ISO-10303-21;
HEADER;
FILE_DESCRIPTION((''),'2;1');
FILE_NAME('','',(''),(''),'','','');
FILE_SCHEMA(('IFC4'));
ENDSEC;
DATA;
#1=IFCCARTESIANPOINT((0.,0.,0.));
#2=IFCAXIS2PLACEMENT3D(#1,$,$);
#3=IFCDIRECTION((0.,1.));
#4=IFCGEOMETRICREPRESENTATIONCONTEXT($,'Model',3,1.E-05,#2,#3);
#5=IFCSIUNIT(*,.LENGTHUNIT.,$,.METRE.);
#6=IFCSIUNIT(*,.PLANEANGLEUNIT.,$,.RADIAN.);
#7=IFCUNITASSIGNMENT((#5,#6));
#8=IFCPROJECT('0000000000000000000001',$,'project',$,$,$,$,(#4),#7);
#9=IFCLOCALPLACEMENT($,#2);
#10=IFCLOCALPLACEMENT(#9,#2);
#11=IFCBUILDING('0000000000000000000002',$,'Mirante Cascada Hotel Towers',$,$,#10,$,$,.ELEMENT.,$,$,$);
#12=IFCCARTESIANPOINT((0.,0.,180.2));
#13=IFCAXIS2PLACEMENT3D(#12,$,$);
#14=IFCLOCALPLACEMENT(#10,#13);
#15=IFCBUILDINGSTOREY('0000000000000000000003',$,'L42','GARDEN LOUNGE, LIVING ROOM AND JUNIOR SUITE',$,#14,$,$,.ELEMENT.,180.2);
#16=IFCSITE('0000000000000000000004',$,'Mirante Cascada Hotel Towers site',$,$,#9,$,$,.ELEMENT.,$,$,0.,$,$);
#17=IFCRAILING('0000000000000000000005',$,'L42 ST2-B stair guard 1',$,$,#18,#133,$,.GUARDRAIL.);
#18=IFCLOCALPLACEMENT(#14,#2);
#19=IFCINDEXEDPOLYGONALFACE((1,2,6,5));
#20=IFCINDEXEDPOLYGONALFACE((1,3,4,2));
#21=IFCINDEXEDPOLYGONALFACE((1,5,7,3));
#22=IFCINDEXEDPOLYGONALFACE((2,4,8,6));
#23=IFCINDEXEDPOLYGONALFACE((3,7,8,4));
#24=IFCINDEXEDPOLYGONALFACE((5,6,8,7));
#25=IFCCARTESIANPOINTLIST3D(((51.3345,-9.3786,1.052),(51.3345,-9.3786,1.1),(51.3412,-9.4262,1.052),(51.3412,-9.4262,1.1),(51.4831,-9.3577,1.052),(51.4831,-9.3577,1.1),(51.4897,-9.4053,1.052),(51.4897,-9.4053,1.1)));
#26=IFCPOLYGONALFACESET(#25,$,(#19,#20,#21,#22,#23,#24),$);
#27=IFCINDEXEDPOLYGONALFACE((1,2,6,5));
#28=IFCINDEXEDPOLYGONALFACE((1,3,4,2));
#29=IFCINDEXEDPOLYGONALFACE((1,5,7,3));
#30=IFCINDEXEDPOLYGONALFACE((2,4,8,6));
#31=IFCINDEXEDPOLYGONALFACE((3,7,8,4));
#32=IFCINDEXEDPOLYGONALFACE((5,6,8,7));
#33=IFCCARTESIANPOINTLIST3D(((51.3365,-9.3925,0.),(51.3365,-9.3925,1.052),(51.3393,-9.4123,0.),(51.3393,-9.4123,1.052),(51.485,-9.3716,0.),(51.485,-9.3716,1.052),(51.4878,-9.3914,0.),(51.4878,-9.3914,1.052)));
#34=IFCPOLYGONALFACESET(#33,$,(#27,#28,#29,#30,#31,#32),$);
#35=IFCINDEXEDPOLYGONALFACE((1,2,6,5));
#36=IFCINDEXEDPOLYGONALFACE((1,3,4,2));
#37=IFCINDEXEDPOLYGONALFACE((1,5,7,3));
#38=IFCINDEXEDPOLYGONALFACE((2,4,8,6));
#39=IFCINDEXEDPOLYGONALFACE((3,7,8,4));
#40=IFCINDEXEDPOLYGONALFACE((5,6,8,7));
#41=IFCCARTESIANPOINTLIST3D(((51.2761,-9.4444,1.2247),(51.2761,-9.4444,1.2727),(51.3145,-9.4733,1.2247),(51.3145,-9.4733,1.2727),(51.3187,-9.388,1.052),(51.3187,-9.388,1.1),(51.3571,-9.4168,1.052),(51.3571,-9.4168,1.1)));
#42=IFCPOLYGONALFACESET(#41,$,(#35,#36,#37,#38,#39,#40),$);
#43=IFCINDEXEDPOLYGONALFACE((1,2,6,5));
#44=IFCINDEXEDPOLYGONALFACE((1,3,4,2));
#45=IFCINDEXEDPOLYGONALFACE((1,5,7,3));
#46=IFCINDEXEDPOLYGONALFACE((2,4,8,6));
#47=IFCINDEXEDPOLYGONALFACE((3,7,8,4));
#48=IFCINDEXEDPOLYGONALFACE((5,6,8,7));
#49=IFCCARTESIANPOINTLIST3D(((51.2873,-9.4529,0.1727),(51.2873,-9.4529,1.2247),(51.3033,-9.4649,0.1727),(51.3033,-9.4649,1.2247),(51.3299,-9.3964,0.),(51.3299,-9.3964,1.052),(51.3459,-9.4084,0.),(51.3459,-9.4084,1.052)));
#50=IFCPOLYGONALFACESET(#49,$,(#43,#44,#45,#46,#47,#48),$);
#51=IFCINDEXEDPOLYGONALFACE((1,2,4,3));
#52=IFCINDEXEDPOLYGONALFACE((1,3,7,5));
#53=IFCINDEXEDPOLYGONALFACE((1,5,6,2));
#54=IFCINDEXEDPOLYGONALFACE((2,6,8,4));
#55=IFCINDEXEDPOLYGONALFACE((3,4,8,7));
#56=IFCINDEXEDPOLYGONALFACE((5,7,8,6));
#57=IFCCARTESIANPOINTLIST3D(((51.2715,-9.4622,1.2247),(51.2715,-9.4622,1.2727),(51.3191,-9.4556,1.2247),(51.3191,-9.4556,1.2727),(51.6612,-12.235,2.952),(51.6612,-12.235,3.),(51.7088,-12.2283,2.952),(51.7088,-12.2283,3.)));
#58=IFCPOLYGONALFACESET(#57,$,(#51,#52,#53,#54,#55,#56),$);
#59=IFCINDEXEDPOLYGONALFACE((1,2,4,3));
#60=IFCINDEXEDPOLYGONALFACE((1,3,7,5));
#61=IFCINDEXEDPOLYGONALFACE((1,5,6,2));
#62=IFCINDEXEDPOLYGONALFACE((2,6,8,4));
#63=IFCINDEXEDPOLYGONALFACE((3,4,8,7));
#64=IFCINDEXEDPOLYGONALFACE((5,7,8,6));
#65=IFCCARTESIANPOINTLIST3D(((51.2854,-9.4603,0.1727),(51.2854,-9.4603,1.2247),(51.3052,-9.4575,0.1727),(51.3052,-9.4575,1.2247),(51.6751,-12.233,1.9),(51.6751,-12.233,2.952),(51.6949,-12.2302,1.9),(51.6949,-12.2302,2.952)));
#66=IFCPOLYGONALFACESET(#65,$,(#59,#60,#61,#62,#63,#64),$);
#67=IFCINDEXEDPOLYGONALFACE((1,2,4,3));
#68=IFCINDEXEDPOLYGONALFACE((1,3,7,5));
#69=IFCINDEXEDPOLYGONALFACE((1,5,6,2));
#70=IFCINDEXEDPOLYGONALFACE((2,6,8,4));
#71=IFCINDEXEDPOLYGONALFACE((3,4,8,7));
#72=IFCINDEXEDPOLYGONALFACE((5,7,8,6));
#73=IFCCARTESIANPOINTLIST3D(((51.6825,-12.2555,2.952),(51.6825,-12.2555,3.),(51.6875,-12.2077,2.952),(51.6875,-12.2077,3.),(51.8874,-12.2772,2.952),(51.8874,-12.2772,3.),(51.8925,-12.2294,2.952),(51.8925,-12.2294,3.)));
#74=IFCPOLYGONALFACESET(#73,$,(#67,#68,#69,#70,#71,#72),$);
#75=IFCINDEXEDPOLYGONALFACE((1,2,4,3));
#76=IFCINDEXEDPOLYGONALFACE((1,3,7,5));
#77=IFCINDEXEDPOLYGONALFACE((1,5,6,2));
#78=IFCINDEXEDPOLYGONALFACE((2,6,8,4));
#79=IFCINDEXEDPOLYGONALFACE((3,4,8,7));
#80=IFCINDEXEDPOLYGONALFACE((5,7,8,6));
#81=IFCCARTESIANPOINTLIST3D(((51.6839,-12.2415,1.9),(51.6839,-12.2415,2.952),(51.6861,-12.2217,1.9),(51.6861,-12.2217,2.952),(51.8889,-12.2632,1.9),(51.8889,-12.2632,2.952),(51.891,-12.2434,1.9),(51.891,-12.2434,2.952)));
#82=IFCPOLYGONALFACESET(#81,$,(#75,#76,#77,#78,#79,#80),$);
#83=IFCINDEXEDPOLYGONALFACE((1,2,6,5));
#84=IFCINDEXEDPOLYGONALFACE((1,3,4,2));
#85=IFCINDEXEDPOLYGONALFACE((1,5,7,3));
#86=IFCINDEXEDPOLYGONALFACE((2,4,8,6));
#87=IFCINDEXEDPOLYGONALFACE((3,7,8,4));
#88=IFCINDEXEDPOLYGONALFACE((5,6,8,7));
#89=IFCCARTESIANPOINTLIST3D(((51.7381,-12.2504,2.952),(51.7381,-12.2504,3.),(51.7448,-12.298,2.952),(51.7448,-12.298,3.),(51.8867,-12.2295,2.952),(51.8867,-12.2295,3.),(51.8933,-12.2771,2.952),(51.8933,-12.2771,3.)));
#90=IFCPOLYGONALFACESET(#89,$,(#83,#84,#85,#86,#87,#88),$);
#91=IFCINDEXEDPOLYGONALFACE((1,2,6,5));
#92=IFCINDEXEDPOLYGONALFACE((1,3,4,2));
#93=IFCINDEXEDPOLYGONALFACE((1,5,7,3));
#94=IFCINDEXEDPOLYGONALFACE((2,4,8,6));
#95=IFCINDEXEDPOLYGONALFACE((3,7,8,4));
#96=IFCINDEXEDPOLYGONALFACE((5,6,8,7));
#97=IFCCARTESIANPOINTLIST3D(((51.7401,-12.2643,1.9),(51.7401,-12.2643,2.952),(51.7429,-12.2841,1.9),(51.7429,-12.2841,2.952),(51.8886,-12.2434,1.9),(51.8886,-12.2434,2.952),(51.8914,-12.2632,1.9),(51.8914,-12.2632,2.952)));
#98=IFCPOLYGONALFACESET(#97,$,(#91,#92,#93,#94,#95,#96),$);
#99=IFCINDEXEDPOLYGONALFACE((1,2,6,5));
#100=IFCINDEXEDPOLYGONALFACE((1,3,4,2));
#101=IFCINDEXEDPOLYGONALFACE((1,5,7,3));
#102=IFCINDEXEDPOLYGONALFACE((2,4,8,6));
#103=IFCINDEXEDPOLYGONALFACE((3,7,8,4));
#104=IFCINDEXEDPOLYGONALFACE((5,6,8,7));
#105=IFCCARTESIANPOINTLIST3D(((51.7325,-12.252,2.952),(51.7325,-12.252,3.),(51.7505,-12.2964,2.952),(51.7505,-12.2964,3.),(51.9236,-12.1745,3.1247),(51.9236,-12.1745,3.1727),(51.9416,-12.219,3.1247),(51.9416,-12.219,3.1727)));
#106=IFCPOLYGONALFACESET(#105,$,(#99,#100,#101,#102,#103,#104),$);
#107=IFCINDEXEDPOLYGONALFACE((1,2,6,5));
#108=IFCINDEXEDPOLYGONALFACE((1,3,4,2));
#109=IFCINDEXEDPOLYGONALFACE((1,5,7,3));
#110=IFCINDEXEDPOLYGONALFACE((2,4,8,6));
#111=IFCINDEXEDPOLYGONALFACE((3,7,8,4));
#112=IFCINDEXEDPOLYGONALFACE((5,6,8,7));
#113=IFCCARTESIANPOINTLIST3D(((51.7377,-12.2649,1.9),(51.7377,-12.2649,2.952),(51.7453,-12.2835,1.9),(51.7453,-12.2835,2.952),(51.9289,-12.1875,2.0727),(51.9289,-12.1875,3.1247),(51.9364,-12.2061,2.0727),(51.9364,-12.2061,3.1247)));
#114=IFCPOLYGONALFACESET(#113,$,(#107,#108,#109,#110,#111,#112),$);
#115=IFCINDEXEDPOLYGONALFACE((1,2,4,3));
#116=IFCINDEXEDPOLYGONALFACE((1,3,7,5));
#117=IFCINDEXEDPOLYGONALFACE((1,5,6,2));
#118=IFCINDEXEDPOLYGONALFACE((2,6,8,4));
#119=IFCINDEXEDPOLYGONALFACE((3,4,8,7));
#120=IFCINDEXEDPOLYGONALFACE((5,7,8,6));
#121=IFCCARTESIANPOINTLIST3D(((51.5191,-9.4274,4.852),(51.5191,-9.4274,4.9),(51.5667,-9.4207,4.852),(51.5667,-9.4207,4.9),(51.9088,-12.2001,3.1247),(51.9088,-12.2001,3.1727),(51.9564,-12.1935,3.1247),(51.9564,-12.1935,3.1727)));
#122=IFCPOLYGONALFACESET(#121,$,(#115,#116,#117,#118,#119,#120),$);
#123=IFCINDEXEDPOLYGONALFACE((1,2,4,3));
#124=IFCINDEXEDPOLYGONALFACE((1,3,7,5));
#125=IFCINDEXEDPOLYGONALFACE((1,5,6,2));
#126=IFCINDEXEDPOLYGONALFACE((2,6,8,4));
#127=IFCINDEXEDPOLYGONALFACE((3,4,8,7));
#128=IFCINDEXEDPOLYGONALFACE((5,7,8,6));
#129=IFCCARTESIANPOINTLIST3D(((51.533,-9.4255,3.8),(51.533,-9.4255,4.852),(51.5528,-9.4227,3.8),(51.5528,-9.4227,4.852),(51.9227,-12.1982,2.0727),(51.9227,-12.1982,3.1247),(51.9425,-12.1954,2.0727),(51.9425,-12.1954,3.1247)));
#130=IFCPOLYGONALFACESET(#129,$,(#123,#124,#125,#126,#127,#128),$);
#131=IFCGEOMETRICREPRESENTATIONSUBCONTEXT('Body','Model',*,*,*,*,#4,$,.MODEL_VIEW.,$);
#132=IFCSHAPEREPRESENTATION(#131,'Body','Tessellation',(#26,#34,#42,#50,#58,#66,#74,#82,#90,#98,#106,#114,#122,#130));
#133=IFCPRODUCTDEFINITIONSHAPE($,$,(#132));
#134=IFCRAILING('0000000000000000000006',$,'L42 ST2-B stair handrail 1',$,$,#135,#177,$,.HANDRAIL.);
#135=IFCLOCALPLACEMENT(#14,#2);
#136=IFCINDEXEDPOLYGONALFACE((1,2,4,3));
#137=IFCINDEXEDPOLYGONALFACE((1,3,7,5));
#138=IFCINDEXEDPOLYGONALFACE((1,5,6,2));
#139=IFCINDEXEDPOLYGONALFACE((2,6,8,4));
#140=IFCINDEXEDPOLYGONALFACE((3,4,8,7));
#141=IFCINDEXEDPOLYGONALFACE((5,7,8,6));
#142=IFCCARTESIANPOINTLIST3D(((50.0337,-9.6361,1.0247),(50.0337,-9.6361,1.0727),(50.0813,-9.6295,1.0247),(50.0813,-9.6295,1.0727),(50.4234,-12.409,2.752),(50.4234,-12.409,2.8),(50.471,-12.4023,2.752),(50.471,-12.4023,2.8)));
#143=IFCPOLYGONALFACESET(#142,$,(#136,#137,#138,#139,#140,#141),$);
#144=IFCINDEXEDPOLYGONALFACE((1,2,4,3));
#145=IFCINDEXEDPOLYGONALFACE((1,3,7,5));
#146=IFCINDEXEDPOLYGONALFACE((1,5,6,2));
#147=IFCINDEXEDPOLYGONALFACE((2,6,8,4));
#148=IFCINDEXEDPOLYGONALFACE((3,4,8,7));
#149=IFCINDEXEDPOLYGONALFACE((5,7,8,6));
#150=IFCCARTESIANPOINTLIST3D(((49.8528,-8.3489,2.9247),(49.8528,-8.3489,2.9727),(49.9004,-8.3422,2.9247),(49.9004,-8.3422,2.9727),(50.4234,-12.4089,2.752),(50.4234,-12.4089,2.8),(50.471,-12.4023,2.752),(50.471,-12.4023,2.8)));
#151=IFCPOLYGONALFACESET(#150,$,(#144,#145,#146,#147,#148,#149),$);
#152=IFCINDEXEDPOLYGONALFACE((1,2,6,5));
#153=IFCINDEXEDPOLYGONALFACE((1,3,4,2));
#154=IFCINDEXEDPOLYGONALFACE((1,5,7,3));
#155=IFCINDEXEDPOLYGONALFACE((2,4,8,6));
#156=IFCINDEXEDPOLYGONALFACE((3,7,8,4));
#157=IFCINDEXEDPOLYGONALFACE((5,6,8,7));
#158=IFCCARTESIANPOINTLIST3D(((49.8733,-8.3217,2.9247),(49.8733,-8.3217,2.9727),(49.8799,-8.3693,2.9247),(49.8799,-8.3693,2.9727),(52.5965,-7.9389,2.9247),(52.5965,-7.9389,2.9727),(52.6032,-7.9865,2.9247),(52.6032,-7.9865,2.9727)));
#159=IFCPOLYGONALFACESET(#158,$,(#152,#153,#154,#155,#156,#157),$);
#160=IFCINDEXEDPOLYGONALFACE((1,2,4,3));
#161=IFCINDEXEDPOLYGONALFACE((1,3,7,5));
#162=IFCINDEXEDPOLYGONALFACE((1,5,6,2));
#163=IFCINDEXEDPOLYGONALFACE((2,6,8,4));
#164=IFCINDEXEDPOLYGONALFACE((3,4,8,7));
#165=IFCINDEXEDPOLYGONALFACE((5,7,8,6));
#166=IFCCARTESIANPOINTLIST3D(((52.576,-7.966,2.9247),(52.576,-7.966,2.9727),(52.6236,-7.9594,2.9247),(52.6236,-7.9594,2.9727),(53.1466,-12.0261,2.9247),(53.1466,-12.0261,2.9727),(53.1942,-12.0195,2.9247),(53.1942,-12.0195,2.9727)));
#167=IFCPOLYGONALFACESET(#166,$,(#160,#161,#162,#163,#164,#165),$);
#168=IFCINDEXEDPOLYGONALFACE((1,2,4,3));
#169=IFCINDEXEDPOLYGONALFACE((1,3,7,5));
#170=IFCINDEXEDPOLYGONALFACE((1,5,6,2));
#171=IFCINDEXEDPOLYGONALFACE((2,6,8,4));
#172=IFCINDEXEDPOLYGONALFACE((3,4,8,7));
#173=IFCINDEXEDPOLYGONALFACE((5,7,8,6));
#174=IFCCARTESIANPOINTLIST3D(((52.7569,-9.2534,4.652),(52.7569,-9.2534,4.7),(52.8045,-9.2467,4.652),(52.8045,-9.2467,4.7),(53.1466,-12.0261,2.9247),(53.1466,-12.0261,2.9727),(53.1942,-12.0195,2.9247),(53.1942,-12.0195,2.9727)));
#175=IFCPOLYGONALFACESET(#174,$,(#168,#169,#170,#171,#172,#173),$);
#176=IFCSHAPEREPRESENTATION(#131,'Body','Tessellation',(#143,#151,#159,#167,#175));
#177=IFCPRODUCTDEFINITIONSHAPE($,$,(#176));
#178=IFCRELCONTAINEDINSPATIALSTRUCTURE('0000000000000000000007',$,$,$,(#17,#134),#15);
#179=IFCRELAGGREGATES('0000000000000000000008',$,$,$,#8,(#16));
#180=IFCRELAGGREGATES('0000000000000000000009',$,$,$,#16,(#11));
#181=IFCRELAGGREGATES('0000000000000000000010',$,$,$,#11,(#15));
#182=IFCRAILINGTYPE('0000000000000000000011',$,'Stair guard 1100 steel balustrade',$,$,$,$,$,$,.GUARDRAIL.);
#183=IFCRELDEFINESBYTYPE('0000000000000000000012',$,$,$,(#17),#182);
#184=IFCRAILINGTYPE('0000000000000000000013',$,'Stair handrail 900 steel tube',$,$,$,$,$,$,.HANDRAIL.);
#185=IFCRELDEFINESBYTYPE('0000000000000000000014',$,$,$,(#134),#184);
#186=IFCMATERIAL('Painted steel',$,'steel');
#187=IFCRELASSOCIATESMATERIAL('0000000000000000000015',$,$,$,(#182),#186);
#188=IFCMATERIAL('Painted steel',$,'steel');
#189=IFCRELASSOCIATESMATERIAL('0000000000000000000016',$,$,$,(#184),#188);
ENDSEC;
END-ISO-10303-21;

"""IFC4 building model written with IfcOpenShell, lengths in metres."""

from ifc_helpers import new_model, si_unit, direction, frame, origin, origin_2d, place, context, subcontext, project, spatial, rectangle, extrude, material, type_object, element, save


model = new_model("IFC4")

# Units and contexts
model_context = context("Model", 3, precision=1e-05, world=origin(), true_north=direction((0.0, 1.0)))
body_context = subcontext(model_context, "Body", "Model", "MODEL_VIEW")
ifc_project = project(units=[si_unit("LENGTHUNIT", "METRE"), si_unit("PLANEANGLEUNIT", "RADIAN")], contexts=[model_context])

# Site, building, storey
site_placement = place(None, origin())
site = spatial("IfcSite", under=ifc_project, at=site_placement, Name="Mirante Cascada Hotel Towers site", CompositionType="ELEMENT", RefElevation=0.0)
building_placement = place(site_placement, origin())
building = spatial("IfcBuilding", under=site, at=building_placement, Name="Mirante Cascada Hotel Towers", CompositionType="ELEMENT")
storey_placement = place(building_placement, frame((0.0, 0.0, 180.2)))
storey = spatial("IfcBuildingStorey", under=building, at=storey_placement, Name="L42", Description="GARDEN LOUNGE, LIVING ROOM AND JUNIOR SUITE", CompositionType="ELEMENT", Elevation=180.2)

# Railings
ifc_material_1 = material(Name="Painted steel", Category="steel")
railing_type_1 = type_object("IfcRailingType", Name="Stair guard 1100 steel balustrade", PredefinedType="GUARDRAIL", material=ifc_material_1)
railing_1_placement = place(storey_placement, frame((51.4864, -9.3815, 0.0)))
element("IfcRailing", 1, at=railing_1_placement, inside=storey, type_object=railing_type_1, Name="L42 ST2-B stair guard 1", PredefinedType="GUARDRAIL", context=body_context, shape_type="SweptSolid", body=[
    extrude(rectangle(XDim=0.048, YDim=0.048, at=origin_2d()), frame((0.0, 0.0, 1.076), z_axis=(-0.990241, -0.139367, 0.0), x_axis=(0.139367, -0.990241, 0.0)), (0.0, 0.0, 1.0), 0.15),
    extrude(rectangle(XDim=0.02, YDim=1.052, at=origin_2d()), frame((0.0, 0.0, 0.526), z_axis=(-0.990241, -0.139367, 0.0), x_axis=(0.139367, -0.990241, 0.0)), (0.0, 0.0, 1.0), 0.15),
    extrude(rectangle(XDim=0.048, YDim=0.048, at=origin_2d()), frame((-0.1485, -0.0209, 1.076), z_axis=(-0.602033, -0.798471, 0.0), x_axis=(0.798471, -0.602033, 0.0)), (0.0, 0.92534, 0.379139), 0.1866),
    extrude(rectangle(XDim=0.02, YDim=1.052, at=origin_2d()), frame((-0.1485, -0.0209, 0.526), z_axis=(-0.602033, -0.798471, 0.0), x_axis=(0.798471, -0.602033, 0.0)), (0.0, 0.92534, 0.379139), 0.1866),
    extrude(rectangle(XDim=0.048, YDim=0.048, at=origin_2d()), frame((-0.1911, -0.0774, 1.2487), z_axis=(0.139181, -0.990267, 0.0), x_axis=(0.990267, 0.139181, 0.0)), (0.0, 0.525035, 0.851081), 3.2899),
    extrude(rectangle(XDim=0.02, YDim=1.052, at=origin_2d()), frame((-0.1911, -0.0774, 0.6987), z_axis=(0.139181, -0.990267, 0.0), x_axis=(0.990267, 0.139181, 0.0)), (0.0, 0.525035, 0.851081), 3.2899),
    extrude(rectangle(XDim=0.048, YDim=0.048, at=origin_2d()), frame((0.1986, -2.8501, 2.976), z_axis=(0.994444, -0.105266, 0.0), x_axis=(0.105266, 0.994444, 0.0)), (0.0, 0.0, 1.0), 0.2061),
    extrude(rectangle(XDim=0.02, YDim=1.052, at=origin_2d()), frame((0.1986, -2.8501, 2.426), z_axis=(0.994444, -0.105266, 0.0), x_axis=(0.105266, 0.994444, 0.0)), (0.0, 0.0, 1.0), 0.2061),
    extrude(rectangle(XDim=0.048, YDim=0.048, at=origin_2d()), frame((0.4036, -2.8718, 2.976), z_axis=(-0.990241, -0.139367, 0.0), x_axis=(0.139367, -0.990241, 0.0)), (0.0, 0.0, 1.0), 0.15),
    extrude(rectangle(XDim=0.02, YDim=1.052, at=origin_2d()), frame((0.4036, -2.8718, 2.426), z_axis=(-0.990241, -0.139367, 0.0), x_axis=(0.139367, -0.990241, 0.0)), (0.0, 0.0, 1.0), 0.15),
    extrude(rectangle(XDim=0.048, YDim=0.048, at=origin_2d()), frame((0.2551, -2.8927, 2.976), z_axis=(0.926862, 0.375401, 0.0), x_axis=(-0.375401, 0.926862, 0.0)), (0.0, 0.642122, 0.766603), 0.269),
    extrude(rectangle(XDim=0.02, YDim=1.052, at=origin_2d()), frame((0.2551, -2.8927, 2.426), z_axis=(0.926862, 0.375401, 0.0), x_axis=(-0.375401, 0.926862, 0.0)), (0.0, 0.642122, 0.766603), 0.269),
    extrude(rectangle(XDim=0.048, YDim=0.048, at=origin_2d()), frame((0.4462, -2.8153, 3.1487), z_axis=(-0.139181, 0.990267, 0.0), x_axis=(-0.990267, -0.139181, 0.0)), (0.0, 0.525035, 0.851081), 3.2899),
    extrude(rectangle(XDim=0.02, YDim=1.052, at=origin_2d()), frame((0.4462, -2.8153, 2.5987), z_axis=(-0.139181, 0.990267, 0.0), x_axis=(-0.990267, -0.139181, 0.0)), (0.0, 0.525035, 0.851081), 3.2899),
])
ifc_material_2 = material(Name="Painted steel", Category="steel")
railing_type_2 = type_object("IfcRailingType", Name="Stair handrail 900 steel tube", PredefinedType="HANDRAIL", material=ifc_material_2)
railing_2_placement = place(storey_placement, frame((50.0575, -9.6328, 0.1727)))
element("IfcRailing", 2, at=railing_2_placement, inside=storey, type_object=railing_type_2, Name="L42 ST2-B stair handrail 1", PredefinedType="HANDRAIL", context=body_context, shape_type="SweptSolid", body=[
    extrude(rectangle(XDim=0.048, YDim=0.048, at=origin_2d()), frame((0.0, 0.0, 0.876), z_axis=(0.139176, -0.990268, 0.0), x_axis=(0.990268, 0.139176, 0.0)), (0.0, 0.525021, 0.851089), 3.29),
    extrude(rectangle(XDim=0.048, YDim=0.048, at=origin_2d()), frame((0.3897, -2.7728, 2.6033), z_axis=(-0.139171, 0.990268, 0.0), x_axis=(-0.990268, -0.139171, 0.0)), (0.0, 0.042085, 0.999114), 4.1036),
    extrude(rectangle(XDim=0.048, YDim=0.048, at=origin_2d()), frame((-0.1809, 1.2873, 2.776), z_axis=(0.990264, 0.139201, 0.0), x_axis=(-0.139201, 0.990264, 0.0)), (0.0, 0.0, 1.0), 2.75),
    extrude(rectangle(XDim=0.048, YDim=0.048, at=origin_2d()), frame((2.5423, 1.6701, 2.776), z_axis=(0.139171, -0.990268, 0.0), x_axis=(0.990268, 0.139171, 0.0)), (0.0, 0.0, 1.0), 4.1),
    extrude(rectangle(XDim=0.048, YDim=0.048, at=origin_2d()), frame((3.1129, -2.39, 2.776), z_axis=(-0.139181, 0.990267, 0.0), x_axis=(-0.990267, -0.139181, 0.0)), (0.0, 0.525035, 0.851081), 3.2899),
])

save(model, "model.ifc")
